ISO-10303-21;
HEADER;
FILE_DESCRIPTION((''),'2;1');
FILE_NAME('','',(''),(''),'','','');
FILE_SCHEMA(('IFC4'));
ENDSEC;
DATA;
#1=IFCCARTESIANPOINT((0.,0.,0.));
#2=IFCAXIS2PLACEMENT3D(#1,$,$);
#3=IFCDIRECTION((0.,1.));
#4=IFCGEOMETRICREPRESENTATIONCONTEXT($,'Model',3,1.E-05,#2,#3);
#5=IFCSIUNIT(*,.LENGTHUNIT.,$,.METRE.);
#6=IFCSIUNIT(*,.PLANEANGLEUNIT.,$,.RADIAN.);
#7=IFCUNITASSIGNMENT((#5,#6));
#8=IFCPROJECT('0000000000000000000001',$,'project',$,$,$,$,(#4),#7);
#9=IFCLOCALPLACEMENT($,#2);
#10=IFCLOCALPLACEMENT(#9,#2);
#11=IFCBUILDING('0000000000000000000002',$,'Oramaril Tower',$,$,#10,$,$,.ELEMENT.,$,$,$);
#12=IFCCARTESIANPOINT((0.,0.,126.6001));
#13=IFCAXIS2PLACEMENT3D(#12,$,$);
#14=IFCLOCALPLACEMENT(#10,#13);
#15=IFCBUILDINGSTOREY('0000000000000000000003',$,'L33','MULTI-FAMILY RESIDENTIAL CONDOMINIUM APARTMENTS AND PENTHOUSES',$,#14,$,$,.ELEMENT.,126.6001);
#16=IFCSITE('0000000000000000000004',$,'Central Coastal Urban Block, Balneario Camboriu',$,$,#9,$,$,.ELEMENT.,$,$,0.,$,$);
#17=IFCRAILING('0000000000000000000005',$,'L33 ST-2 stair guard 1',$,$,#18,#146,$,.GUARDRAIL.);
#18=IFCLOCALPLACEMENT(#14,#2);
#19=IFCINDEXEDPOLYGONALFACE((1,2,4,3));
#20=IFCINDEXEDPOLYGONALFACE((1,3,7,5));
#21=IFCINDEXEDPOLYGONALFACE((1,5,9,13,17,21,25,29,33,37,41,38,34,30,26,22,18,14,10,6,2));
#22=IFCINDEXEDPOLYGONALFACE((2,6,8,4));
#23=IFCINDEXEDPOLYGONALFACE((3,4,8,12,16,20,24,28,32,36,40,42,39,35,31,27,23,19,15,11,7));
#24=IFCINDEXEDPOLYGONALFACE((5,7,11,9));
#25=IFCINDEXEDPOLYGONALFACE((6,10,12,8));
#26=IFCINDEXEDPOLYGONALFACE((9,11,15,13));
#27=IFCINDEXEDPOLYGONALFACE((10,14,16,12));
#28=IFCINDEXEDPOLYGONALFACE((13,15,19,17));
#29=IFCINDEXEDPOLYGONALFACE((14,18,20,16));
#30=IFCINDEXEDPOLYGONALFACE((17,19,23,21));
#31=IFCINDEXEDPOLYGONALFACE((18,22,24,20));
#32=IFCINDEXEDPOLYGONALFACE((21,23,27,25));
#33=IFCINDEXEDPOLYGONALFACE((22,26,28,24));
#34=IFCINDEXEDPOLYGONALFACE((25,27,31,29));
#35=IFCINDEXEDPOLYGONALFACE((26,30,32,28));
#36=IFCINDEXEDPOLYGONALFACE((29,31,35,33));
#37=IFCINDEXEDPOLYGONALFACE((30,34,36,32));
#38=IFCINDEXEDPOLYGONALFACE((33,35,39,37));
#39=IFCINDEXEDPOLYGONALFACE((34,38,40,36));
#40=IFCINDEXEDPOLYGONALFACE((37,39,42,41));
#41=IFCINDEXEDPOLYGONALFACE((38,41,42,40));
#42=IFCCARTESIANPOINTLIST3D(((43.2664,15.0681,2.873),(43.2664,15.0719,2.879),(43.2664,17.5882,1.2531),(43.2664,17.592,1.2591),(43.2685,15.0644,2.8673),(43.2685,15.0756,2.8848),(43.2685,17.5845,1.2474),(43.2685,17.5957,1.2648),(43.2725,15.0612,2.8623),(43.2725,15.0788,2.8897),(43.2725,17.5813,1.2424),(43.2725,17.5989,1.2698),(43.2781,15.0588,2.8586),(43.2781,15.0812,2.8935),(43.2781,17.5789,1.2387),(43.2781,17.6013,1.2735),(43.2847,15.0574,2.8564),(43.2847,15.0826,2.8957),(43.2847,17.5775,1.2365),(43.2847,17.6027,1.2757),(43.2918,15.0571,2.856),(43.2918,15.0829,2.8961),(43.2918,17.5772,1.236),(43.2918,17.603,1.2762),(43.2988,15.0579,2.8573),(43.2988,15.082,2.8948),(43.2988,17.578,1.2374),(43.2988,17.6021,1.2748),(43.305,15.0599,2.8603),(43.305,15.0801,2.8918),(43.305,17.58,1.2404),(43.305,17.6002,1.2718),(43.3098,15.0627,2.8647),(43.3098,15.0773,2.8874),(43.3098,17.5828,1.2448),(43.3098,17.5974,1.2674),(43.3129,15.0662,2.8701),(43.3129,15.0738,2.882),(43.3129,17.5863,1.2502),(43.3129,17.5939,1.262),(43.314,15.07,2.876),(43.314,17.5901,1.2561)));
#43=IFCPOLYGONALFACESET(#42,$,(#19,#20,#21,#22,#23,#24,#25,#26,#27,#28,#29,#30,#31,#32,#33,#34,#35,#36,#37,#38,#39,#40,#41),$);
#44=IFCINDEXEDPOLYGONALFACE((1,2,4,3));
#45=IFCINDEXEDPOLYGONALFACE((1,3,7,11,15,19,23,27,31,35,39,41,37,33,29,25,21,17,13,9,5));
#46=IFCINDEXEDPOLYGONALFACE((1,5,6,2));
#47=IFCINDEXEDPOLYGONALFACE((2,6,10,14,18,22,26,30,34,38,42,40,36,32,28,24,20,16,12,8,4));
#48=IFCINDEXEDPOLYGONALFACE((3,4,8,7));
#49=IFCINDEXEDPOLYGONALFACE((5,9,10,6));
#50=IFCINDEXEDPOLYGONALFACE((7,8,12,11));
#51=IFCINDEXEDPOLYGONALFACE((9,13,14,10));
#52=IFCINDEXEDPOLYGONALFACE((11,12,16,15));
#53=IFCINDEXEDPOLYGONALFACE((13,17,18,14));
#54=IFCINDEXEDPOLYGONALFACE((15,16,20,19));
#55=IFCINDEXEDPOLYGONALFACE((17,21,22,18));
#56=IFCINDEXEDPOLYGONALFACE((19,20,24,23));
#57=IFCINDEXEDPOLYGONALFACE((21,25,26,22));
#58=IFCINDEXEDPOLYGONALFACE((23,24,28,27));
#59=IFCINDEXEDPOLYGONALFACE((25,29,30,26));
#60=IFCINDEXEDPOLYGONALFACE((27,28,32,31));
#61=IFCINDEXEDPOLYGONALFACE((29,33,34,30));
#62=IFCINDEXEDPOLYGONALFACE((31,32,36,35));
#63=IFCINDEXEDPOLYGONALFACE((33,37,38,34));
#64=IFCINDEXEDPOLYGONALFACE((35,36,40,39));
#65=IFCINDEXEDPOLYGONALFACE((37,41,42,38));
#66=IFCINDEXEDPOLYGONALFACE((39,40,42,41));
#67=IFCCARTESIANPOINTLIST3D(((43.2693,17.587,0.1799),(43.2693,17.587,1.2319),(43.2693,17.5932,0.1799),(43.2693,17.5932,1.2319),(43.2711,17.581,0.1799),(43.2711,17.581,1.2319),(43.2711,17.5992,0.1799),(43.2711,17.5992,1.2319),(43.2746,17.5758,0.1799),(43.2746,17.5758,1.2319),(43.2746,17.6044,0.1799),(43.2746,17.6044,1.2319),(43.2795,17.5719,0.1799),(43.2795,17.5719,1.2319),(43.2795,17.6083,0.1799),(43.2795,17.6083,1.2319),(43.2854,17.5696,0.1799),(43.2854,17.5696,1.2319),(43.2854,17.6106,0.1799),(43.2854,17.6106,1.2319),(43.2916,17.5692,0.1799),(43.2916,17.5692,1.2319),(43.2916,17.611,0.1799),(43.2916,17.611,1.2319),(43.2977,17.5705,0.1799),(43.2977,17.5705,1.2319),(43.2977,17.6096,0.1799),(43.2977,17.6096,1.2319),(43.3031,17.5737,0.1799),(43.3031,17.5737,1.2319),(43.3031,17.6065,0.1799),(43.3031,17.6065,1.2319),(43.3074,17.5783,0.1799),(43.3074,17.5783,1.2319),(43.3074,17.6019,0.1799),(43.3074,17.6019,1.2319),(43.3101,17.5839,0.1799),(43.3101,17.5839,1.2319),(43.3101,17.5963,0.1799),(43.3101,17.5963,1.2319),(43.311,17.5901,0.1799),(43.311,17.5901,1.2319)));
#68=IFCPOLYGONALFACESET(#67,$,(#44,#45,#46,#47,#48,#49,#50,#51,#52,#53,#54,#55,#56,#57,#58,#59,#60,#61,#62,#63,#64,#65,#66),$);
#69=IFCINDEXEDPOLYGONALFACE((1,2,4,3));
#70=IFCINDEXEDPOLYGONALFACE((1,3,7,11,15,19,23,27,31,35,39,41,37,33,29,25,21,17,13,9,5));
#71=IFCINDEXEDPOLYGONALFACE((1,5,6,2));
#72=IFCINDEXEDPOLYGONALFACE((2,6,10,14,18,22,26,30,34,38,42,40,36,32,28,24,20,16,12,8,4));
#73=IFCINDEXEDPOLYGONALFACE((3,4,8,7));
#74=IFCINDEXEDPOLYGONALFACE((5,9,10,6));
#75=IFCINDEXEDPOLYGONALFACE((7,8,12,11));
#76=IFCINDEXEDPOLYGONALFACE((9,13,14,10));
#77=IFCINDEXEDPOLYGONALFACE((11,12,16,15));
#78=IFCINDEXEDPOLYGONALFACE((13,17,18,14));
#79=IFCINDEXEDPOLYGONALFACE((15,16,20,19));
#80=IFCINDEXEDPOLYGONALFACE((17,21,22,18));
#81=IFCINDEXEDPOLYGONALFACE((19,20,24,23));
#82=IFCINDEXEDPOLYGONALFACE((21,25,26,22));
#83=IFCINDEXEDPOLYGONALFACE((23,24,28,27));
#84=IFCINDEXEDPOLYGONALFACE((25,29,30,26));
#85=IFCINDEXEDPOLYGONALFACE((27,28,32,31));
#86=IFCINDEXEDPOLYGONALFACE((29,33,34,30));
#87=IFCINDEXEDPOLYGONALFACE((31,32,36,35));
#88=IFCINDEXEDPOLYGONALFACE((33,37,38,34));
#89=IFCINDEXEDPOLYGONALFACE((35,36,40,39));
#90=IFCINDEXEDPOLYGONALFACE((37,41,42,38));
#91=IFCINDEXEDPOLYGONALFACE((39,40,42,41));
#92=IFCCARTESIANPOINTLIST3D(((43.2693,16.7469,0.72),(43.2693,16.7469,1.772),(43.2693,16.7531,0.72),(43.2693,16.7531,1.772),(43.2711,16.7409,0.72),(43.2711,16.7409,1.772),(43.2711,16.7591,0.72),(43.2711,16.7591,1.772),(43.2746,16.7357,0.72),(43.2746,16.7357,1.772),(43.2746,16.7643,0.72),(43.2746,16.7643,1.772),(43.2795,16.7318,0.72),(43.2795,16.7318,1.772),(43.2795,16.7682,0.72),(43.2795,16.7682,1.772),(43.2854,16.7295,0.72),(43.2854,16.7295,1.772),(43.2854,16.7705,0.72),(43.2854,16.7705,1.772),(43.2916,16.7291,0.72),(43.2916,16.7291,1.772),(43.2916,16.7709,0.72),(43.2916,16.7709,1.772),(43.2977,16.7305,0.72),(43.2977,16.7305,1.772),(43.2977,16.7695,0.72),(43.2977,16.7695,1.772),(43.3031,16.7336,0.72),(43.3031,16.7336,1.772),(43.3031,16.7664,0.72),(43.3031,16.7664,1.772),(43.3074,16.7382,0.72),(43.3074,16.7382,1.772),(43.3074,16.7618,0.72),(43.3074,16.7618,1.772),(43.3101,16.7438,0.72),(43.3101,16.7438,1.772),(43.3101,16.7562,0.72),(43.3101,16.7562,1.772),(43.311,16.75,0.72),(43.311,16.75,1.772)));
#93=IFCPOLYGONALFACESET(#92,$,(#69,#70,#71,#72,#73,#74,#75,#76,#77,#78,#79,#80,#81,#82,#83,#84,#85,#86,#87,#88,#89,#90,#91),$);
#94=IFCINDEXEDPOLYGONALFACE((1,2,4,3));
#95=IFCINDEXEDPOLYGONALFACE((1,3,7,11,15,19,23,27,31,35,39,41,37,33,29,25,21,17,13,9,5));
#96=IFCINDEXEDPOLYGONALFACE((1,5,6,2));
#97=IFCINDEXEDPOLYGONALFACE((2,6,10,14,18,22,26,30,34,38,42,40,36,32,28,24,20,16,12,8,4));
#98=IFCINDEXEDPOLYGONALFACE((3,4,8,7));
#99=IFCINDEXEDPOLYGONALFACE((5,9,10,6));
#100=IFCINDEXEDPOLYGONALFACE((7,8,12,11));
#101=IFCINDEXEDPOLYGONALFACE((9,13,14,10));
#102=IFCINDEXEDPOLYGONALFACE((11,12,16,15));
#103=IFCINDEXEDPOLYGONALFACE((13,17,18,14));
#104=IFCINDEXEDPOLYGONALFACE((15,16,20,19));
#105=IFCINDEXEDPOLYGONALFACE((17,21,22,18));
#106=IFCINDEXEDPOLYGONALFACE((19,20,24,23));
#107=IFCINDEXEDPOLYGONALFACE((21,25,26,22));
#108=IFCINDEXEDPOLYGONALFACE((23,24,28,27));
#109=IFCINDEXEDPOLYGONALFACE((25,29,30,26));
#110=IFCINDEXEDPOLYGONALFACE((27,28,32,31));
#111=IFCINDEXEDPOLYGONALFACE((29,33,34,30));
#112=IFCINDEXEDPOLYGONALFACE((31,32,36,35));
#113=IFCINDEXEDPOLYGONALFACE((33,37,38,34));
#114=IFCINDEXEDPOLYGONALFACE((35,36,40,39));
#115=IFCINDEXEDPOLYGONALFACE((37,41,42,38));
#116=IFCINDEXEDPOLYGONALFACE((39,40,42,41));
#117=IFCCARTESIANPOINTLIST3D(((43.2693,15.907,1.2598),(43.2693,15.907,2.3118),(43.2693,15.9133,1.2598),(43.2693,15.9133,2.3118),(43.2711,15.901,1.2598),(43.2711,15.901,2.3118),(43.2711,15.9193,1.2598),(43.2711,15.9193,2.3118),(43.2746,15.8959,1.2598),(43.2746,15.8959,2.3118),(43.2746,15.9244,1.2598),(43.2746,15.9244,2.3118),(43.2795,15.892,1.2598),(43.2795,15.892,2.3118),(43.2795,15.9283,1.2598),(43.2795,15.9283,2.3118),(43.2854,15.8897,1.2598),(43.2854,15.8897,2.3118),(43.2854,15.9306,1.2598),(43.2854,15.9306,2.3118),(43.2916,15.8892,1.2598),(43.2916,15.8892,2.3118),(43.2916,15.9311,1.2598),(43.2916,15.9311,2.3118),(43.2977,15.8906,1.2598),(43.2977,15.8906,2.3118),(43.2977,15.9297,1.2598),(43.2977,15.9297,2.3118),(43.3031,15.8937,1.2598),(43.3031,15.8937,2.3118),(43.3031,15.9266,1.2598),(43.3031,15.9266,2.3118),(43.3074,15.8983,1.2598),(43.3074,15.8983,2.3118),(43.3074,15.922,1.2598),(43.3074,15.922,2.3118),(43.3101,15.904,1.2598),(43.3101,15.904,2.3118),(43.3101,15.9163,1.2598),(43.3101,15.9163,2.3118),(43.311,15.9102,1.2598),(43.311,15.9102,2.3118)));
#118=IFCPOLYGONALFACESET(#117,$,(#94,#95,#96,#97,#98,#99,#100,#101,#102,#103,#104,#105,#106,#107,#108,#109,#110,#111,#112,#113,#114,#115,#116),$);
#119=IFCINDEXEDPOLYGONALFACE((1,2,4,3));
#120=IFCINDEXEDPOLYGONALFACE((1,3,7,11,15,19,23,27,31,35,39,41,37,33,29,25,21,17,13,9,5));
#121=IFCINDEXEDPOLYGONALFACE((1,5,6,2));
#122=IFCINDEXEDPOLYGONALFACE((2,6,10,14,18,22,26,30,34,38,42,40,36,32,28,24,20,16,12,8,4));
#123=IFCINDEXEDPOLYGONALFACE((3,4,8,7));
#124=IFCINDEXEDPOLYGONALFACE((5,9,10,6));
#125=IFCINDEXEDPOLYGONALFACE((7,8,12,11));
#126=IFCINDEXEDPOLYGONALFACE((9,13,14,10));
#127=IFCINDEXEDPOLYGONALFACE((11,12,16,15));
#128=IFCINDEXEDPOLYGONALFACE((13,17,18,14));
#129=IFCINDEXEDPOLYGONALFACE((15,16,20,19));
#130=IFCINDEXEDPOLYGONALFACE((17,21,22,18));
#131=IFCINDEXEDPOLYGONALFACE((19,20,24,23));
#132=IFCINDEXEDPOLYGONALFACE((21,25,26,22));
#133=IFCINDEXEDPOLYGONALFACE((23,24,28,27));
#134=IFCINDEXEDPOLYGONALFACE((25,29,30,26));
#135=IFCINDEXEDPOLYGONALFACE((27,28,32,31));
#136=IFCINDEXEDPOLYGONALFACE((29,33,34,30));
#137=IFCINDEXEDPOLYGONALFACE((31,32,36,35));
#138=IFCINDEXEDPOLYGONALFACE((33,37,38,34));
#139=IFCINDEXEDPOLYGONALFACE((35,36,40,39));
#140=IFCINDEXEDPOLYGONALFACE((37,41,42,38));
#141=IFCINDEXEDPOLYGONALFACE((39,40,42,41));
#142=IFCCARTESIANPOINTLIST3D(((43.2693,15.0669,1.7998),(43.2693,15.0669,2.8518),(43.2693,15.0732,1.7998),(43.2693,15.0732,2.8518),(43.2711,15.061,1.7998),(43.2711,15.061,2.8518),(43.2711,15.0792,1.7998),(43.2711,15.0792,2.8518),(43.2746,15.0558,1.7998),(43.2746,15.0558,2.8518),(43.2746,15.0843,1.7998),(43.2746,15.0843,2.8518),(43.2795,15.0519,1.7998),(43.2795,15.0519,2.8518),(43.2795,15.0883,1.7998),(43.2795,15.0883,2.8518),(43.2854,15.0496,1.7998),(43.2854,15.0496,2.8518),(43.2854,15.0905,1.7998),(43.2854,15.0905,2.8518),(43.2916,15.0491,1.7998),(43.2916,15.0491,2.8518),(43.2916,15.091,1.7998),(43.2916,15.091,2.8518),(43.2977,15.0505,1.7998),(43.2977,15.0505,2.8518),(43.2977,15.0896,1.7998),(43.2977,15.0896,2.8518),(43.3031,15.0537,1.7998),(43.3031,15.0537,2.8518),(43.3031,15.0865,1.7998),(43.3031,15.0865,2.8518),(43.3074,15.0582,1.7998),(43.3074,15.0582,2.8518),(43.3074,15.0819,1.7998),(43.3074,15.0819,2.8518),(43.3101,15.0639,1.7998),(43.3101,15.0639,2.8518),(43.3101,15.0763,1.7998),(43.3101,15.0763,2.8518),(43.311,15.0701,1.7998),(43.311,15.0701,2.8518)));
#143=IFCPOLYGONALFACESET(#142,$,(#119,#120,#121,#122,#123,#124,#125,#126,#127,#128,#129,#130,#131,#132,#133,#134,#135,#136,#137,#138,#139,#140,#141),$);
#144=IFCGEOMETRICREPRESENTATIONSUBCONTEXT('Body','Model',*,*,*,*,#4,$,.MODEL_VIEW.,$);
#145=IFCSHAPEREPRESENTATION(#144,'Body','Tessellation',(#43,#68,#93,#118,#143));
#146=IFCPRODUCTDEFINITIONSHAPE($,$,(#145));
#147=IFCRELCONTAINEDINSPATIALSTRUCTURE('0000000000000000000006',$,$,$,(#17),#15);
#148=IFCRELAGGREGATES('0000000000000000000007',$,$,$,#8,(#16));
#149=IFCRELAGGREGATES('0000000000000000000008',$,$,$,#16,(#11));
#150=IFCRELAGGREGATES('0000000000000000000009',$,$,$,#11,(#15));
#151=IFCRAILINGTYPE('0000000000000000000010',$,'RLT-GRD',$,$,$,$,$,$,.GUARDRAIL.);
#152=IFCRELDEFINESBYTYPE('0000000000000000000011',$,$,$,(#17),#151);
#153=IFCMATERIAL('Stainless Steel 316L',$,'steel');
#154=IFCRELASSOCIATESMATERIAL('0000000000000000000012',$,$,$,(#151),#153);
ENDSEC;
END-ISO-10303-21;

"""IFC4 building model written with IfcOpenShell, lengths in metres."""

from ifc_helpers import new_model, si_unit, direction, frame, origin, origin_2d, place, context, subcontext, project, spatial, circle, extrude, material, type_object, element, save


model = new_model("IFC4")

# Units and contexts
model_context = context("Model", 3, precision=1e-05, world=origin(), true_north=direction((0.0, 1.0)))
body_context = subcontext(model_context, "Body", "Model", "MODEL_VIEW")
ifc_project = project(units=[si_unit("LENGTHUNIT", "METRE"), si_unit("PLANEANGLEUNIT", "RADIAN")], contexts=[model_context])

# Site, building, storey
site_placement = place(None, origin())
site = spatial("IfcSite", under=ifc_project, at=site_placement, Name="Central Coastal Urban Block, Balneario Camboriu", CompositionType="ELEMENT", RefElevation=0.0)
building_placement = place(site_placement, origin())
building = spatial("IfcBuilding", under=site, at=building_placement, Name="Oramaril Tower", CompositionType="ELEMENT")
storey_placement = place(building_placement, frame((0.0, 0.0, 126.6001)))
storey = spatial("IfcBuildingStorey", under=building, at=storey_placement, Name="L33", Description="MULTI-FAMILY RESIDENTIAL CONDOMINIUM APARTMENTS AND PENTHOUSES", CompositionType="ELEMENT", Elevation=126.6001)

# Railing
ifc_material_1 = material(Name="Stainless Steel 316L", Category="steel")
railing_type_1 = type_object("IfcRailingType", Name="RLT-GRD", PredefinedType="GUARDRAIL", material=ifc_material_1)
railing_1_placement = place(storey_placement, frame((43.29, 17.5901, 0.1799)))
element("IfcRailing", 1, at=railing_1_placement, inside=storey, type_object=railing_type_1, Name="L33 ST-2 stair guard 1", PredefinedType="GUARDRAIL", context=body_context, shape_type="SweptSolid", body=[
    extrude(circle(Radius=0.0239, at=origin_2d()), frame((0.0, 0.0, 1.0762), z_axis=(0.0, -0.8412, 0.540725), x_axis=(1.0, 0.0, 0.0)), (0.0, 0.0, 1.0), 2.9958),
    extrude(circle(Radius=0.021, at=origin_2d()), origin(), (0.0, 0.0, 1.0), 1.052),
    extrude(circle(Radius=0.021, at=origin_2d()), frame((0.0, -0.8401, 0.54)), (0.0, 0.0, 1.0), 1.052),
    extrude(circle(Radius=0.021, at=origin_2d()), frame((0.0, -1.6799, 1.0798)), (0.0, 0.0, 1.0), 1.052),
    extrude(circle(Radius=0.021, at=origin_2d()), frame((0.0, -2.52, 1.6199)), (0.0, 0.0, 1.0), 1.052),
])

save(model, "model.ifc")
